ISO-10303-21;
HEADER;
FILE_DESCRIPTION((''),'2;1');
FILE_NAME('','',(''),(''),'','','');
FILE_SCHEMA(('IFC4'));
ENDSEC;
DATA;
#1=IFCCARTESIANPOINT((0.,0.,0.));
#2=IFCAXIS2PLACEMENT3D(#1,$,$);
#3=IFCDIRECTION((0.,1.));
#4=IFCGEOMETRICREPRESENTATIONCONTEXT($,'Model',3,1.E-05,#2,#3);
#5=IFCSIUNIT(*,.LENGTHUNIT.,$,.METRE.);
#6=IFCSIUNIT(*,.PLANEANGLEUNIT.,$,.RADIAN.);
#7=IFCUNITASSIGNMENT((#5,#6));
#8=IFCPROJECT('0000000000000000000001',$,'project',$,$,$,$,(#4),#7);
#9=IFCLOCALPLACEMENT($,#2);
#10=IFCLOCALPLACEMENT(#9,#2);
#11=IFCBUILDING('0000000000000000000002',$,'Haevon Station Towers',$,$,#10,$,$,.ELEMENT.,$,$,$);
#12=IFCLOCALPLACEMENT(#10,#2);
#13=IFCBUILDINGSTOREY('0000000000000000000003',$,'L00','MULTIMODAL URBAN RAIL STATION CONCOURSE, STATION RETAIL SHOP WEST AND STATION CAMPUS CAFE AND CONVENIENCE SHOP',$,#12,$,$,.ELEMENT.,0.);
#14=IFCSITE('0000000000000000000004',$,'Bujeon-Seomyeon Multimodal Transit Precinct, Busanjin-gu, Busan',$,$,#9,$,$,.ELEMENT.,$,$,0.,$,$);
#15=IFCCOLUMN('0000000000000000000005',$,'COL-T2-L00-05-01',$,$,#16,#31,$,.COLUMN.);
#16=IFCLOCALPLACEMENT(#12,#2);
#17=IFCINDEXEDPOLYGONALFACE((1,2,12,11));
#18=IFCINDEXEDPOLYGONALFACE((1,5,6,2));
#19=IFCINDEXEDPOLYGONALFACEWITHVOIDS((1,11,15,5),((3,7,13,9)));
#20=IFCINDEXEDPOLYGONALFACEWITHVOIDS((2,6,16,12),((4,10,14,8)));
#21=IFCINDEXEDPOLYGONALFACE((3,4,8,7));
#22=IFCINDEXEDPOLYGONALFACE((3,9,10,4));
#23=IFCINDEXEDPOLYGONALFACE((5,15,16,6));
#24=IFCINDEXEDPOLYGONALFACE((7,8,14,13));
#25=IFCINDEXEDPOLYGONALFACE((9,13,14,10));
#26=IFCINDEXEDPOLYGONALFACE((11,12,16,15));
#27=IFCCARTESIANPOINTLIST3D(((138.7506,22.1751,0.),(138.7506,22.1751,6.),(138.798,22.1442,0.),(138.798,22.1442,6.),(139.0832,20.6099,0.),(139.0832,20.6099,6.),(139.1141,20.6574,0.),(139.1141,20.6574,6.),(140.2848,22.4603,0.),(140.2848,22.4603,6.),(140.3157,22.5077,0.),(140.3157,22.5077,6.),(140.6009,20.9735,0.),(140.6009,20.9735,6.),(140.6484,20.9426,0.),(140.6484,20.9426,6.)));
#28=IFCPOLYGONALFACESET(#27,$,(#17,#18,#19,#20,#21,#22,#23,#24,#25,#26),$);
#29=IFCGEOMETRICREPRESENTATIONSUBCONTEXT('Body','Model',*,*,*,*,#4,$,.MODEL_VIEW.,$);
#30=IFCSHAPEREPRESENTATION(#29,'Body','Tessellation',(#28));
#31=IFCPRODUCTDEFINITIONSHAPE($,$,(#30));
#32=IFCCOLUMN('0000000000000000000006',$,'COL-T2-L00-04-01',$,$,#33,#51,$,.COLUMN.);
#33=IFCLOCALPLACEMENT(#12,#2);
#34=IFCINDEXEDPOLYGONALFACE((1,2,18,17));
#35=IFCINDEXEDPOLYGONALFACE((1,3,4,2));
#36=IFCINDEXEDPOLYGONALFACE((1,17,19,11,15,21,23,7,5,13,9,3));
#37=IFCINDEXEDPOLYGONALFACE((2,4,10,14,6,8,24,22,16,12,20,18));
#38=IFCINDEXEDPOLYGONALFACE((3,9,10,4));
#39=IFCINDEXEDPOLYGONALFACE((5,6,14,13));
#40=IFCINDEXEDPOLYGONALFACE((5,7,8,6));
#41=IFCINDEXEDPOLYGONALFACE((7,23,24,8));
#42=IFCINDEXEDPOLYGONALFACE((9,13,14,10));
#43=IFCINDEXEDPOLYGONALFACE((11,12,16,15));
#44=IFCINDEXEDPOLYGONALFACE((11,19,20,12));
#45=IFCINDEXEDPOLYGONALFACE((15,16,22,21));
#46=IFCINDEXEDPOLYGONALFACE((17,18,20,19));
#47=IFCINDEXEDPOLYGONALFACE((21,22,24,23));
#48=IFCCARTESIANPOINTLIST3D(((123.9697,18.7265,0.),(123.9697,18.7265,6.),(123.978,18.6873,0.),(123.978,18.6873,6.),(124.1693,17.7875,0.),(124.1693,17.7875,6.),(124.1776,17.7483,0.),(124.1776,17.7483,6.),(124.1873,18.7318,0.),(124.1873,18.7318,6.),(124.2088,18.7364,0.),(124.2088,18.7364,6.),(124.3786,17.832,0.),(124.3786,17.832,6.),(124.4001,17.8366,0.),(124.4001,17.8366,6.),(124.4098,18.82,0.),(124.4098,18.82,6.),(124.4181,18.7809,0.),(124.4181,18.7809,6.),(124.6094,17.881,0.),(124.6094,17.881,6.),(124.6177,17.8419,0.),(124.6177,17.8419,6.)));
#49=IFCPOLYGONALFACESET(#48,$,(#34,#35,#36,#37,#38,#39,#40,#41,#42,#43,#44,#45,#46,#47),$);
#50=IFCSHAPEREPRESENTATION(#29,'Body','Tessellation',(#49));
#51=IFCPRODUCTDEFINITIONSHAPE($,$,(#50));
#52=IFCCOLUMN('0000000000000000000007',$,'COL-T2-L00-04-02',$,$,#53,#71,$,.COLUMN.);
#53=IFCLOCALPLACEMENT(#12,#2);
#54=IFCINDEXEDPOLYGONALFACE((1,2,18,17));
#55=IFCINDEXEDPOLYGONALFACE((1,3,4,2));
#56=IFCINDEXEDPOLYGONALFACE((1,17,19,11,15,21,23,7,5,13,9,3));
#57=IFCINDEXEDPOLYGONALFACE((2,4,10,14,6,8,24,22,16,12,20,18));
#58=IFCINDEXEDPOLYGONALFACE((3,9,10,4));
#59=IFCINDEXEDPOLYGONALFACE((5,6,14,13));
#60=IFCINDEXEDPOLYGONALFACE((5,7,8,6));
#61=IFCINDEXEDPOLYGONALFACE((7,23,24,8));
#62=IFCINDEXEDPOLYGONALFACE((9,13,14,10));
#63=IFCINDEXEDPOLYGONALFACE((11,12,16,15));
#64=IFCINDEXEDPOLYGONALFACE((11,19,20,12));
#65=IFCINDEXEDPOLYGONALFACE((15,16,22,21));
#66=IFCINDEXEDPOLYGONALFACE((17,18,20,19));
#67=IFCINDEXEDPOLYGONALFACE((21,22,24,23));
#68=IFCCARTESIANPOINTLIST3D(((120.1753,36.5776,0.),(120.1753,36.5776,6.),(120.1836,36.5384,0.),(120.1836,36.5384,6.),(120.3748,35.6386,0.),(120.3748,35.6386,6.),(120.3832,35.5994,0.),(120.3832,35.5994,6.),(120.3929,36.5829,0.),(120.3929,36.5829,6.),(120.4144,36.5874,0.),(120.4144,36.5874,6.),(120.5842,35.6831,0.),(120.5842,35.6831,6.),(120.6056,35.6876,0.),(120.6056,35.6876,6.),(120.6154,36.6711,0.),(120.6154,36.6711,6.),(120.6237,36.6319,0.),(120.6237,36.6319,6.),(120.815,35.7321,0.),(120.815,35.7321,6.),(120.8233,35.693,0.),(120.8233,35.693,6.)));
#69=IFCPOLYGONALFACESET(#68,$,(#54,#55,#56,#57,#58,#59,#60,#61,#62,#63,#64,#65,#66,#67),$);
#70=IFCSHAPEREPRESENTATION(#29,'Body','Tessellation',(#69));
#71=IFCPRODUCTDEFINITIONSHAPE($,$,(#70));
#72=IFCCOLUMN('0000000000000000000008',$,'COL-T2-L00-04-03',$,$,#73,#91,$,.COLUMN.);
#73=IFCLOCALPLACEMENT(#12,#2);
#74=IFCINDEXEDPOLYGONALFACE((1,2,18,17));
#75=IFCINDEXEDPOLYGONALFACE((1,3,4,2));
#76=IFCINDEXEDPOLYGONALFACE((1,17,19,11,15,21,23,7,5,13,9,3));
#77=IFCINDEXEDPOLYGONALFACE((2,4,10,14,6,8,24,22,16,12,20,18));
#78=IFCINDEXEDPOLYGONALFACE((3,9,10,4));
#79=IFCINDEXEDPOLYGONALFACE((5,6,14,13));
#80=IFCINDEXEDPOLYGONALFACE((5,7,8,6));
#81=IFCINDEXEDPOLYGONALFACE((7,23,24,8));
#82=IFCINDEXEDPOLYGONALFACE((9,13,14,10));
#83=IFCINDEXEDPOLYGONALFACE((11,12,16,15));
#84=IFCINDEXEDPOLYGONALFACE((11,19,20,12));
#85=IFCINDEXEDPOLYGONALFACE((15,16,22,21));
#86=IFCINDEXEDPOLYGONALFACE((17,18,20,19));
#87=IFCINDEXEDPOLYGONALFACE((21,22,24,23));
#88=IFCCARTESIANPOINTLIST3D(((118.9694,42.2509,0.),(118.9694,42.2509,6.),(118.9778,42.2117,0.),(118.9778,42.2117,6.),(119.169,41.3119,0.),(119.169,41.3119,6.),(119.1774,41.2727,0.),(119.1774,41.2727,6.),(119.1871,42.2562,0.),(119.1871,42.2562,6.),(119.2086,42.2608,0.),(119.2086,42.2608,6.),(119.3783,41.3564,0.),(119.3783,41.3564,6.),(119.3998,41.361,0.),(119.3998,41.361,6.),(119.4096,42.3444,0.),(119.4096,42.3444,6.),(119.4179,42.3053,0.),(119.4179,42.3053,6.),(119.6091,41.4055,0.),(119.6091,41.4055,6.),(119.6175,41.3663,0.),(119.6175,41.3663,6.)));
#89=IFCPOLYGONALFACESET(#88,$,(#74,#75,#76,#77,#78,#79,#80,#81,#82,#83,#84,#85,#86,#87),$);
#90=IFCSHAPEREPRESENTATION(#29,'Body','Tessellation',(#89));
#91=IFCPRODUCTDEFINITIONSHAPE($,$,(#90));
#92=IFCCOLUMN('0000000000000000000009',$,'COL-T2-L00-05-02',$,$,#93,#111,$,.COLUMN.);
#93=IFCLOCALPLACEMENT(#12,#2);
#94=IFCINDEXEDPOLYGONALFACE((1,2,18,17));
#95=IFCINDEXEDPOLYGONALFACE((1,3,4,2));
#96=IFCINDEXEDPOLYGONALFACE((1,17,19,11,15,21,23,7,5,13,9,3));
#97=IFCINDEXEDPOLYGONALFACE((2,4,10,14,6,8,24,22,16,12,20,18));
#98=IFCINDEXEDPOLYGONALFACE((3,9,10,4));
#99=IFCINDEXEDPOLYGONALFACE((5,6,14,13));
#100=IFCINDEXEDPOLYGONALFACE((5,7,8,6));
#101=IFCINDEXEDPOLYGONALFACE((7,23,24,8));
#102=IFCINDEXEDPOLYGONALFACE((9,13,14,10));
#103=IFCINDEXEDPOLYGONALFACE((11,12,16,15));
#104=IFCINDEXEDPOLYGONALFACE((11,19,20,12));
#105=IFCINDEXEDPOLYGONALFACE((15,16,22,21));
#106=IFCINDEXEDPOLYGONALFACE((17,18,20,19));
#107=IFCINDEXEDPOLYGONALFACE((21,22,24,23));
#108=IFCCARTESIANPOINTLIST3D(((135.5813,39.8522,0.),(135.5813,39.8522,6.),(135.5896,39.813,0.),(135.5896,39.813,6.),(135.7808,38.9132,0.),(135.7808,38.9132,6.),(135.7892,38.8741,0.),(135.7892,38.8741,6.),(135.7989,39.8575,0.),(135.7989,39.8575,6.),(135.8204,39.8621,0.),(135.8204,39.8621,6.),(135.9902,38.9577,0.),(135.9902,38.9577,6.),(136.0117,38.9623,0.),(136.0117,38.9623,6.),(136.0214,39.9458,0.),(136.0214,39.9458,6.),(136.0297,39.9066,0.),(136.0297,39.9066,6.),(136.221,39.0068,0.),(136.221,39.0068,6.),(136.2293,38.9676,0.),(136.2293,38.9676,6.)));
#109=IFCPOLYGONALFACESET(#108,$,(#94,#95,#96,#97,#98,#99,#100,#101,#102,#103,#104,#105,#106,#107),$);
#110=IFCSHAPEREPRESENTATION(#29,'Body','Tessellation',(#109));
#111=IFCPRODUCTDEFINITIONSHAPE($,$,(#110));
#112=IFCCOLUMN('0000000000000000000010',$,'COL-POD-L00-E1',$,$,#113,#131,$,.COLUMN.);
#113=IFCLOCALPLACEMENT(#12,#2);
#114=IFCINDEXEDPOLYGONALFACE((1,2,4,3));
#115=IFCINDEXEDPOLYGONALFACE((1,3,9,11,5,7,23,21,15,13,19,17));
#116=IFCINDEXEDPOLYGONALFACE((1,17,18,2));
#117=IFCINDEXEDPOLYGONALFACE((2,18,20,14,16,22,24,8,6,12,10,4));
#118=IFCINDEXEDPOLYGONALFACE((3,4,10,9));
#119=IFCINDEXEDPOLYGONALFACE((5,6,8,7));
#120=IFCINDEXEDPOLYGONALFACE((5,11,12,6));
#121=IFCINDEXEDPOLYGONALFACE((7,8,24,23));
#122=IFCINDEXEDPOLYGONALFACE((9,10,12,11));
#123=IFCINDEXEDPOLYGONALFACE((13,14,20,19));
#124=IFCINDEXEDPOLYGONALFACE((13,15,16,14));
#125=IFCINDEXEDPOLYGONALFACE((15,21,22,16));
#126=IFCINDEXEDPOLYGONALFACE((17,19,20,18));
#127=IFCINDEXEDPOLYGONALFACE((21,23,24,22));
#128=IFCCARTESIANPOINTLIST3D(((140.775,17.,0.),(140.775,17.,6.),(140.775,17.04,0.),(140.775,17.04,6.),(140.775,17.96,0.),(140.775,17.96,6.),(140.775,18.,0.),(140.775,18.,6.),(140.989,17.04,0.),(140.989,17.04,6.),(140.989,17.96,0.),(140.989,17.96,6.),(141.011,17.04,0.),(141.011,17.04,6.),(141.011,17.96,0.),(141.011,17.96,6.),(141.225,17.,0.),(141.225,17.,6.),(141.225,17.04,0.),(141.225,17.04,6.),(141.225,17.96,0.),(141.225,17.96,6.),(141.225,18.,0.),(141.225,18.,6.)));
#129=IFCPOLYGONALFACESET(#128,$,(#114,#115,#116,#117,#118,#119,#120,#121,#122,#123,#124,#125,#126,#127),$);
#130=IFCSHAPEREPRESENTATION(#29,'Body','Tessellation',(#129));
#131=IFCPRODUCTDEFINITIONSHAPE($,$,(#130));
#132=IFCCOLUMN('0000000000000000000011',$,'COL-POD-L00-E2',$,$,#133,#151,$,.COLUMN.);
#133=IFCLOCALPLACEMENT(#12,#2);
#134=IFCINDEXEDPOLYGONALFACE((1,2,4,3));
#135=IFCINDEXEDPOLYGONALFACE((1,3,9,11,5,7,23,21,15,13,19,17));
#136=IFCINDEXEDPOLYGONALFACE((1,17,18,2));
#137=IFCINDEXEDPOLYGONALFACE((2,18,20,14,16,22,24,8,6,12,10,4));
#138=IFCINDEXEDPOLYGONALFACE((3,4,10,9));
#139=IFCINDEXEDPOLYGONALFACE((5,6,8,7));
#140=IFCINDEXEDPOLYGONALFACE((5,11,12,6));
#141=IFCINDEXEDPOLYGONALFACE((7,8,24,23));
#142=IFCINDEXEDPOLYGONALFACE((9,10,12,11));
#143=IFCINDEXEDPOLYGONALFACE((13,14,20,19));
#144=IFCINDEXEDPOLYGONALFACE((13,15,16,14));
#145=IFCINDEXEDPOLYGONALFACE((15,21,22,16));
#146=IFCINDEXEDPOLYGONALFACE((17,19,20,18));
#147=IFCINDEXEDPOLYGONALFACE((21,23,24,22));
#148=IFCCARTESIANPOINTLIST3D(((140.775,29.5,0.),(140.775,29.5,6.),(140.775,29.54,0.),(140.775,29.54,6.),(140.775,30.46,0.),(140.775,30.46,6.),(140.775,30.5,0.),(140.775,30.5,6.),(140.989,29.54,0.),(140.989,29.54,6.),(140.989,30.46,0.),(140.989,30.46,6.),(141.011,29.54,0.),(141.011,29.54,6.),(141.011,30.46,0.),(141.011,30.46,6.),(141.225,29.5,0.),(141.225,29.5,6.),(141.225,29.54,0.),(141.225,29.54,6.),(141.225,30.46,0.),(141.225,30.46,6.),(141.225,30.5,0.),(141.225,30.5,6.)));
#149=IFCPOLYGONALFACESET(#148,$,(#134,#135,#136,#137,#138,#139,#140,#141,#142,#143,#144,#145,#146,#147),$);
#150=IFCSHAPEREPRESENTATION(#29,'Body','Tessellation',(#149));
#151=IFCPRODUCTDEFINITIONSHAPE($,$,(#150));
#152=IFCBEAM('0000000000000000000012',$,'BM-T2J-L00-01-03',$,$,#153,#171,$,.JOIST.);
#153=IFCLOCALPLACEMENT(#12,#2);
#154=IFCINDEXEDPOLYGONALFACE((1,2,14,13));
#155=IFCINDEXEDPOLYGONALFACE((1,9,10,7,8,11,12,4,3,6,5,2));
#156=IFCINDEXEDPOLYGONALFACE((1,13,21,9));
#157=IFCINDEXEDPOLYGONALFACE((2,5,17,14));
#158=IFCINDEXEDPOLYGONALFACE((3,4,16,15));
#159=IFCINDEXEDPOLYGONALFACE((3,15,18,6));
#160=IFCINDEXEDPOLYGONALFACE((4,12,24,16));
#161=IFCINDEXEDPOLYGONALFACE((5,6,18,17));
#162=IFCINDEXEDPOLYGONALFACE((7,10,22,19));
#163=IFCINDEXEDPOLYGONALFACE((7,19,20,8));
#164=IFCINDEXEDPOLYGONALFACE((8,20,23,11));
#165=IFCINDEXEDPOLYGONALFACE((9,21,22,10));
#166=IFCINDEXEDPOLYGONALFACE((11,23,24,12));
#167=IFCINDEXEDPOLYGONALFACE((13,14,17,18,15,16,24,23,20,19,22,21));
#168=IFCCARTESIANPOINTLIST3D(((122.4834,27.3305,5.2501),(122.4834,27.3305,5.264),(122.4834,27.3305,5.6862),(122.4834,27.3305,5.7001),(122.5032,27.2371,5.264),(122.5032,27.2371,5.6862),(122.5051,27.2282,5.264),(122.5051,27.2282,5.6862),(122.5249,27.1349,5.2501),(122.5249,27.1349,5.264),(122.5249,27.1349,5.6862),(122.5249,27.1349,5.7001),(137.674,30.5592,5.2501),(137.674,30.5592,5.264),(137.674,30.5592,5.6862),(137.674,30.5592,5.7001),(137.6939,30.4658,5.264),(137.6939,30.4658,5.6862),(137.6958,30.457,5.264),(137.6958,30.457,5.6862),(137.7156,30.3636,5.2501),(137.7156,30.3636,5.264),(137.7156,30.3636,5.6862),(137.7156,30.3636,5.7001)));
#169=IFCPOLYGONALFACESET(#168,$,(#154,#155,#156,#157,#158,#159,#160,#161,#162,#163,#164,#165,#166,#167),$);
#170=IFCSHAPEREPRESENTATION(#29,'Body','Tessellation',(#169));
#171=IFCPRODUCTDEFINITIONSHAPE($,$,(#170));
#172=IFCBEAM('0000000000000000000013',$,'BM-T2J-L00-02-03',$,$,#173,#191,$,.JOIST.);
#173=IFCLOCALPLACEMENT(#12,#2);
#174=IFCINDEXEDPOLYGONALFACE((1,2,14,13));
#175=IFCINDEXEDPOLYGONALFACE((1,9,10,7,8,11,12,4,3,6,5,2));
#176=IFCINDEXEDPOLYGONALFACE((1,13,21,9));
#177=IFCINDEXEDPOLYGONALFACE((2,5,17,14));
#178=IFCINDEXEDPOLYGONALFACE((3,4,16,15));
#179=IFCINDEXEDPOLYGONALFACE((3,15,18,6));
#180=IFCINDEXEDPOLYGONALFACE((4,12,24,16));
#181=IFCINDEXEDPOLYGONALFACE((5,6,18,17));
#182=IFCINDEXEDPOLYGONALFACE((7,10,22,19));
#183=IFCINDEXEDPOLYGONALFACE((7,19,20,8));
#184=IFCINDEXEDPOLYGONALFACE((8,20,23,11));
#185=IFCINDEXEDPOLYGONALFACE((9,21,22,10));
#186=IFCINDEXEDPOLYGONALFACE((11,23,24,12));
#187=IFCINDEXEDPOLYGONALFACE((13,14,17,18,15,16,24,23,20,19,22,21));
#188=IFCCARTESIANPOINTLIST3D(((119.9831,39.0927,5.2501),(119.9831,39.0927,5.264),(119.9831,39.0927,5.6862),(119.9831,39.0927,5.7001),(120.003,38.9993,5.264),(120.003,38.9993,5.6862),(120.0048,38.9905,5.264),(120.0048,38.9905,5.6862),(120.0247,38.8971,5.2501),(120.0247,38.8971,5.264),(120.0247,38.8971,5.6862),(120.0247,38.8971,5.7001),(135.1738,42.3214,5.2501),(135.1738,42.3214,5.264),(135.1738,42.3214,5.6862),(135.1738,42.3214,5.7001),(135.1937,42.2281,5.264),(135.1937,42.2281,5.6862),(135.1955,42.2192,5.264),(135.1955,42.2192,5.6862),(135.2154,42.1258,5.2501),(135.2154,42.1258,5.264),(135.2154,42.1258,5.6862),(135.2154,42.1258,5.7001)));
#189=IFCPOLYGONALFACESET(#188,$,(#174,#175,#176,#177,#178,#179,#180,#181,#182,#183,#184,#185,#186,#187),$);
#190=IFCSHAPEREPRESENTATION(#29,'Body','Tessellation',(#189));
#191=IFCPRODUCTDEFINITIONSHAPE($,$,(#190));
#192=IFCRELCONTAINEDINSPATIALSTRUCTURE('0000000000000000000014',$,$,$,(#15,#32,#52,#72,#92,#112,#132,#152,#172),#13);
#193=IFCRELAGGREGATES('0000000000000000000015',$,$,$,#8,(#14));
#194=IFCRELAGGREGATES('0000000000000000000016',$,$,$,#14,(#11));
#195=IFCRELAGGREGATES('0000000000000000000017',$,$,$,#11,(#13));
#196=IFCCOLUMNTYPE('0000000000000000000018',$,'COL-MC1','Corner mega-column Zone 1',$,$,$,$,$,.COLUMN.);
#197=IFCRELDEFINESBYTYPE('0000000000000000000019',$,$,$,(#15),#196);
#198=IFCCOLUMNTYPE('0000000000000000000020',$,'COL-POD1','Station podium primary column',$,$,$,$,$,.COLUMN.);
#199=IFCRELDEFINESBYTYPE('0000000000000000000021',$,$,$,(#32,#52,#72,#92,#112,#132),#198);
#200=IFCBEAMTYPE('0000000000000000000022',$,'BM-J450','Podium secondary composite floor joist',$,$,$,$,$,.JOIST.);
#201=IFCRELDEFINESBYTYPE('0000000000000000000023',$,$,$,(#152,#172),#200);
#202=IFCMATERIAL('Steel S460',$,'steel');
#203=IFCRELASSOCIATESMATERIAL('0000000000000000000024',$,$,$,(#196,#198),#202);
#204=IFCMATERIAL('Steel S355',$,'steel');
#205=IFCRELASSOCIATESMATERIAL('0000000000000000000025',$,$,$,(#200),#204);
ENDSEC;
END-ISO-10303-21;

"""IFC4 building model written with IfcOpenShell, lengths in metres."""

from ifc_helpers import new_model, si_unit, direction, frame, origin, origin_2d, place, context, subcontext, project, spatial, hollow_rectangle, i_section, extrude, material, material_profile, profile_set, type_object, element, save


model = new_model("IFC4")

# Units and contexts
model_context = context("Model", 3, precision=1e-05, world=origin(), true_north=direction((0.0, 1.0)))
body_context = subcontext(model_context, "Body", "Model", "MODEL_VIEW")
ifc_project = project(units=[si_unit("LENGTHUNIT", "METRE"), si_unit("PLANEANGLEUNIT", "RADIAN")], contexts=[model_context])

# Site, building, storey
site_placement = place(None, origin())
site = spatial("IfcSite", under=ifc_project, at=site_placement, Name="Bujeon-Seomyeon Multimodal Transit Precinct, Busanjin-gu, Busan", CompositionType="ELEMENT", RefElevation=0.0)
building_placement = place(site_placement, origin())
building = spatial("IfcBuilding", under=site, at=building_placement, Name="Haevon Station Towers", CompositionType="ELEMENT")
storey_placement = place(building_placement, origin())
storey = spatial("IfcBuildingStorey", under=building, at=storey_placement, Name="L00", Description="MULTIMODAL URBAN RAIL STATION CONCOURSE, STATION RETAIL SHOP WEST AND STATION CAMPUS CAFE AND CONVENIENCE SHOP", CompositionType="ELEMENT", Elevation=0.0)

# Columns
ifc_material_1 = material(Name="Steel S460", Category="steel")
ifc_material_profile_1 = material_profile(ifc_material_1, hollow_rectangle(XDim=1.6001, YDim=1.6001, WallThickness=0.04, at=origin_2d()), Name="BOX-1600x1600x40")
ifc_profile_set_1 = profile_set([ifc_material_profile_1], Name="Steel S460")
column_type_1 = type_object("IfcColumnType", Name="COL-MC1", Description="Corner mega-column Zone 1", PredefinedType="COLUMN", material=ifc_profile_set_1)
column_placement = place(storey_placement, frame((139.6995, 21.5588, 0.0), z_axis=(0.0, 0.0, 1.0), x_axis=(0.978148, 0.207912, 0.0)))
element("IfcColumn", 1, at=column_placement, inside=storey, type_object=column_type_1, Name="COL-T2-L00-05-01", PredefinedType="COLUMN", context=body_context, shape_type="SweptSolid", body=[
    extrude(hollow_rectangle(XDim=1.6001, YDim=1.6001, WallThickness=0.04, at=origin_2d()), origin(), (0.0, 0.0, 1.0), 6.0),
])
ifc_material_profile_2 = material_profile(ifc_material_1, i_section(OverallWidth=0.45, OverallDepth=1.0, WebThickness=0.022, FlangeThickness=0.04, at=origin_2d()), Name="H-1000x450x22x40")
ifc_profile_set_2 = profile_set([ifc_material_profile_2], Name="Steel S460")
column_type_2 = type_object("IfcColumnType", Name="COL-POD1", Description="Station podium primary column", PredefinedType="COLUMN", material=ifc_profile_set_2)
for number, where, z_axis, x_axis, name in (
    (2, (124.2937, 18.2842, 0.0), (0.0, 0.0, 1.0), (0.978148, 0.207912, 0.0), "COL-T2-L00-04-01"),
    (3, (120.4993, 36.1353, 0.0), (0.0, 0.0, 1.0), (0.978148, 0.207912, 0.0), "COL-T2-L00-04-02"),
    (4, (119.2935, 41.8086, 0.0), (0.0, 0.0, 1.0), (0.978148, 0.207912, 0.0), "COL-T2-L00-04-03"),
    (5, (135.9053, 39.4099, 0.0), (0.0, 0.0, 1.0), (0.978148, 0.207912, 0.0), "COL-T2-L00-05-02"),
    (6, (141.0, 17.5, 0.0), (0.0, 0.0, 1.0), (1.0, 0.0, 0.0), "COL-POD-L00-E1"),
    (7, (141.0, 30.0, 0.0), (0.0, 0.0, 1.0), (1.0, 0.0, 0.0), "COL-POD-L00-E2"),
):
    element("IfcColumn", number, at=place(storey_placement, frame(where, z_axis=z_axis, x_axis=x_axis)), inside=storey, type_object=column_type_2, Name=name, PredefinedType="COLUMN", context=body_context, shape_type="SweptSolid", body=[
        extrude(i_section(OverallWidth=0.45, OverallDepth=1.0, WebThickness=0.022, FlangeThickness=0.04, at=origin_2d()), origin(), (0.0, 0.0, 1.0), 6.0),
    ])

# Beams
ifc_material_2 = material(Name="Steel S355", Category="steel")
ifc_material_profile_3 = material_profile(ifc_material_2, i_section(OverallWidth=0.2, OverallDepth=0.45, WebThickness=0.009, FlangeThickness=0.0139, at=origin_2d()), Name="H-450x200x9x14")
ifc_profile_set_3 = profile_set([ifc_material_profile_3], Name="Steel S355")
beam_type_1 = type_object("IfcBeamType", Name="BM-J450", Description="Podium secondary composite floor joist", PredefinedType="JOIST", material=ifc_profile_set_3)
for number, where, z_axis, x_axis, name in (
    (8, (122.5042, 27.2327, 5.4751), (0.978149, 0.207904, 0.0), (-0.207904, 0.978149, 0.0), "BM-T2J-L00-01-03"),
    (9, (120.0039, 38.9949, 5.4751), (0.978149, 0.207904, 0.0), (-0.207904, 0.978149, 0.0), "BM-T2J-L00-02-03"),
):
    element("IfcBeam", number, at=place(storey_placement, frame(where, z_axis=z_axis, x_axis=x_axis)), inside=storey, type_object=beam_type_1, Name=name, PredefinedType="JOIST", context=body_context, shape_type="SweptSolid", body=[
        extrude(i_section(OverallWidth=0.2, OverallDepth=0.45, WebThickness=0.009, FlangeThickness=0.0139, at=origin_2d()), origin(), (0.0, 0.0, 1.0), 15.53),
    ])

save(model, "model.ifc")
